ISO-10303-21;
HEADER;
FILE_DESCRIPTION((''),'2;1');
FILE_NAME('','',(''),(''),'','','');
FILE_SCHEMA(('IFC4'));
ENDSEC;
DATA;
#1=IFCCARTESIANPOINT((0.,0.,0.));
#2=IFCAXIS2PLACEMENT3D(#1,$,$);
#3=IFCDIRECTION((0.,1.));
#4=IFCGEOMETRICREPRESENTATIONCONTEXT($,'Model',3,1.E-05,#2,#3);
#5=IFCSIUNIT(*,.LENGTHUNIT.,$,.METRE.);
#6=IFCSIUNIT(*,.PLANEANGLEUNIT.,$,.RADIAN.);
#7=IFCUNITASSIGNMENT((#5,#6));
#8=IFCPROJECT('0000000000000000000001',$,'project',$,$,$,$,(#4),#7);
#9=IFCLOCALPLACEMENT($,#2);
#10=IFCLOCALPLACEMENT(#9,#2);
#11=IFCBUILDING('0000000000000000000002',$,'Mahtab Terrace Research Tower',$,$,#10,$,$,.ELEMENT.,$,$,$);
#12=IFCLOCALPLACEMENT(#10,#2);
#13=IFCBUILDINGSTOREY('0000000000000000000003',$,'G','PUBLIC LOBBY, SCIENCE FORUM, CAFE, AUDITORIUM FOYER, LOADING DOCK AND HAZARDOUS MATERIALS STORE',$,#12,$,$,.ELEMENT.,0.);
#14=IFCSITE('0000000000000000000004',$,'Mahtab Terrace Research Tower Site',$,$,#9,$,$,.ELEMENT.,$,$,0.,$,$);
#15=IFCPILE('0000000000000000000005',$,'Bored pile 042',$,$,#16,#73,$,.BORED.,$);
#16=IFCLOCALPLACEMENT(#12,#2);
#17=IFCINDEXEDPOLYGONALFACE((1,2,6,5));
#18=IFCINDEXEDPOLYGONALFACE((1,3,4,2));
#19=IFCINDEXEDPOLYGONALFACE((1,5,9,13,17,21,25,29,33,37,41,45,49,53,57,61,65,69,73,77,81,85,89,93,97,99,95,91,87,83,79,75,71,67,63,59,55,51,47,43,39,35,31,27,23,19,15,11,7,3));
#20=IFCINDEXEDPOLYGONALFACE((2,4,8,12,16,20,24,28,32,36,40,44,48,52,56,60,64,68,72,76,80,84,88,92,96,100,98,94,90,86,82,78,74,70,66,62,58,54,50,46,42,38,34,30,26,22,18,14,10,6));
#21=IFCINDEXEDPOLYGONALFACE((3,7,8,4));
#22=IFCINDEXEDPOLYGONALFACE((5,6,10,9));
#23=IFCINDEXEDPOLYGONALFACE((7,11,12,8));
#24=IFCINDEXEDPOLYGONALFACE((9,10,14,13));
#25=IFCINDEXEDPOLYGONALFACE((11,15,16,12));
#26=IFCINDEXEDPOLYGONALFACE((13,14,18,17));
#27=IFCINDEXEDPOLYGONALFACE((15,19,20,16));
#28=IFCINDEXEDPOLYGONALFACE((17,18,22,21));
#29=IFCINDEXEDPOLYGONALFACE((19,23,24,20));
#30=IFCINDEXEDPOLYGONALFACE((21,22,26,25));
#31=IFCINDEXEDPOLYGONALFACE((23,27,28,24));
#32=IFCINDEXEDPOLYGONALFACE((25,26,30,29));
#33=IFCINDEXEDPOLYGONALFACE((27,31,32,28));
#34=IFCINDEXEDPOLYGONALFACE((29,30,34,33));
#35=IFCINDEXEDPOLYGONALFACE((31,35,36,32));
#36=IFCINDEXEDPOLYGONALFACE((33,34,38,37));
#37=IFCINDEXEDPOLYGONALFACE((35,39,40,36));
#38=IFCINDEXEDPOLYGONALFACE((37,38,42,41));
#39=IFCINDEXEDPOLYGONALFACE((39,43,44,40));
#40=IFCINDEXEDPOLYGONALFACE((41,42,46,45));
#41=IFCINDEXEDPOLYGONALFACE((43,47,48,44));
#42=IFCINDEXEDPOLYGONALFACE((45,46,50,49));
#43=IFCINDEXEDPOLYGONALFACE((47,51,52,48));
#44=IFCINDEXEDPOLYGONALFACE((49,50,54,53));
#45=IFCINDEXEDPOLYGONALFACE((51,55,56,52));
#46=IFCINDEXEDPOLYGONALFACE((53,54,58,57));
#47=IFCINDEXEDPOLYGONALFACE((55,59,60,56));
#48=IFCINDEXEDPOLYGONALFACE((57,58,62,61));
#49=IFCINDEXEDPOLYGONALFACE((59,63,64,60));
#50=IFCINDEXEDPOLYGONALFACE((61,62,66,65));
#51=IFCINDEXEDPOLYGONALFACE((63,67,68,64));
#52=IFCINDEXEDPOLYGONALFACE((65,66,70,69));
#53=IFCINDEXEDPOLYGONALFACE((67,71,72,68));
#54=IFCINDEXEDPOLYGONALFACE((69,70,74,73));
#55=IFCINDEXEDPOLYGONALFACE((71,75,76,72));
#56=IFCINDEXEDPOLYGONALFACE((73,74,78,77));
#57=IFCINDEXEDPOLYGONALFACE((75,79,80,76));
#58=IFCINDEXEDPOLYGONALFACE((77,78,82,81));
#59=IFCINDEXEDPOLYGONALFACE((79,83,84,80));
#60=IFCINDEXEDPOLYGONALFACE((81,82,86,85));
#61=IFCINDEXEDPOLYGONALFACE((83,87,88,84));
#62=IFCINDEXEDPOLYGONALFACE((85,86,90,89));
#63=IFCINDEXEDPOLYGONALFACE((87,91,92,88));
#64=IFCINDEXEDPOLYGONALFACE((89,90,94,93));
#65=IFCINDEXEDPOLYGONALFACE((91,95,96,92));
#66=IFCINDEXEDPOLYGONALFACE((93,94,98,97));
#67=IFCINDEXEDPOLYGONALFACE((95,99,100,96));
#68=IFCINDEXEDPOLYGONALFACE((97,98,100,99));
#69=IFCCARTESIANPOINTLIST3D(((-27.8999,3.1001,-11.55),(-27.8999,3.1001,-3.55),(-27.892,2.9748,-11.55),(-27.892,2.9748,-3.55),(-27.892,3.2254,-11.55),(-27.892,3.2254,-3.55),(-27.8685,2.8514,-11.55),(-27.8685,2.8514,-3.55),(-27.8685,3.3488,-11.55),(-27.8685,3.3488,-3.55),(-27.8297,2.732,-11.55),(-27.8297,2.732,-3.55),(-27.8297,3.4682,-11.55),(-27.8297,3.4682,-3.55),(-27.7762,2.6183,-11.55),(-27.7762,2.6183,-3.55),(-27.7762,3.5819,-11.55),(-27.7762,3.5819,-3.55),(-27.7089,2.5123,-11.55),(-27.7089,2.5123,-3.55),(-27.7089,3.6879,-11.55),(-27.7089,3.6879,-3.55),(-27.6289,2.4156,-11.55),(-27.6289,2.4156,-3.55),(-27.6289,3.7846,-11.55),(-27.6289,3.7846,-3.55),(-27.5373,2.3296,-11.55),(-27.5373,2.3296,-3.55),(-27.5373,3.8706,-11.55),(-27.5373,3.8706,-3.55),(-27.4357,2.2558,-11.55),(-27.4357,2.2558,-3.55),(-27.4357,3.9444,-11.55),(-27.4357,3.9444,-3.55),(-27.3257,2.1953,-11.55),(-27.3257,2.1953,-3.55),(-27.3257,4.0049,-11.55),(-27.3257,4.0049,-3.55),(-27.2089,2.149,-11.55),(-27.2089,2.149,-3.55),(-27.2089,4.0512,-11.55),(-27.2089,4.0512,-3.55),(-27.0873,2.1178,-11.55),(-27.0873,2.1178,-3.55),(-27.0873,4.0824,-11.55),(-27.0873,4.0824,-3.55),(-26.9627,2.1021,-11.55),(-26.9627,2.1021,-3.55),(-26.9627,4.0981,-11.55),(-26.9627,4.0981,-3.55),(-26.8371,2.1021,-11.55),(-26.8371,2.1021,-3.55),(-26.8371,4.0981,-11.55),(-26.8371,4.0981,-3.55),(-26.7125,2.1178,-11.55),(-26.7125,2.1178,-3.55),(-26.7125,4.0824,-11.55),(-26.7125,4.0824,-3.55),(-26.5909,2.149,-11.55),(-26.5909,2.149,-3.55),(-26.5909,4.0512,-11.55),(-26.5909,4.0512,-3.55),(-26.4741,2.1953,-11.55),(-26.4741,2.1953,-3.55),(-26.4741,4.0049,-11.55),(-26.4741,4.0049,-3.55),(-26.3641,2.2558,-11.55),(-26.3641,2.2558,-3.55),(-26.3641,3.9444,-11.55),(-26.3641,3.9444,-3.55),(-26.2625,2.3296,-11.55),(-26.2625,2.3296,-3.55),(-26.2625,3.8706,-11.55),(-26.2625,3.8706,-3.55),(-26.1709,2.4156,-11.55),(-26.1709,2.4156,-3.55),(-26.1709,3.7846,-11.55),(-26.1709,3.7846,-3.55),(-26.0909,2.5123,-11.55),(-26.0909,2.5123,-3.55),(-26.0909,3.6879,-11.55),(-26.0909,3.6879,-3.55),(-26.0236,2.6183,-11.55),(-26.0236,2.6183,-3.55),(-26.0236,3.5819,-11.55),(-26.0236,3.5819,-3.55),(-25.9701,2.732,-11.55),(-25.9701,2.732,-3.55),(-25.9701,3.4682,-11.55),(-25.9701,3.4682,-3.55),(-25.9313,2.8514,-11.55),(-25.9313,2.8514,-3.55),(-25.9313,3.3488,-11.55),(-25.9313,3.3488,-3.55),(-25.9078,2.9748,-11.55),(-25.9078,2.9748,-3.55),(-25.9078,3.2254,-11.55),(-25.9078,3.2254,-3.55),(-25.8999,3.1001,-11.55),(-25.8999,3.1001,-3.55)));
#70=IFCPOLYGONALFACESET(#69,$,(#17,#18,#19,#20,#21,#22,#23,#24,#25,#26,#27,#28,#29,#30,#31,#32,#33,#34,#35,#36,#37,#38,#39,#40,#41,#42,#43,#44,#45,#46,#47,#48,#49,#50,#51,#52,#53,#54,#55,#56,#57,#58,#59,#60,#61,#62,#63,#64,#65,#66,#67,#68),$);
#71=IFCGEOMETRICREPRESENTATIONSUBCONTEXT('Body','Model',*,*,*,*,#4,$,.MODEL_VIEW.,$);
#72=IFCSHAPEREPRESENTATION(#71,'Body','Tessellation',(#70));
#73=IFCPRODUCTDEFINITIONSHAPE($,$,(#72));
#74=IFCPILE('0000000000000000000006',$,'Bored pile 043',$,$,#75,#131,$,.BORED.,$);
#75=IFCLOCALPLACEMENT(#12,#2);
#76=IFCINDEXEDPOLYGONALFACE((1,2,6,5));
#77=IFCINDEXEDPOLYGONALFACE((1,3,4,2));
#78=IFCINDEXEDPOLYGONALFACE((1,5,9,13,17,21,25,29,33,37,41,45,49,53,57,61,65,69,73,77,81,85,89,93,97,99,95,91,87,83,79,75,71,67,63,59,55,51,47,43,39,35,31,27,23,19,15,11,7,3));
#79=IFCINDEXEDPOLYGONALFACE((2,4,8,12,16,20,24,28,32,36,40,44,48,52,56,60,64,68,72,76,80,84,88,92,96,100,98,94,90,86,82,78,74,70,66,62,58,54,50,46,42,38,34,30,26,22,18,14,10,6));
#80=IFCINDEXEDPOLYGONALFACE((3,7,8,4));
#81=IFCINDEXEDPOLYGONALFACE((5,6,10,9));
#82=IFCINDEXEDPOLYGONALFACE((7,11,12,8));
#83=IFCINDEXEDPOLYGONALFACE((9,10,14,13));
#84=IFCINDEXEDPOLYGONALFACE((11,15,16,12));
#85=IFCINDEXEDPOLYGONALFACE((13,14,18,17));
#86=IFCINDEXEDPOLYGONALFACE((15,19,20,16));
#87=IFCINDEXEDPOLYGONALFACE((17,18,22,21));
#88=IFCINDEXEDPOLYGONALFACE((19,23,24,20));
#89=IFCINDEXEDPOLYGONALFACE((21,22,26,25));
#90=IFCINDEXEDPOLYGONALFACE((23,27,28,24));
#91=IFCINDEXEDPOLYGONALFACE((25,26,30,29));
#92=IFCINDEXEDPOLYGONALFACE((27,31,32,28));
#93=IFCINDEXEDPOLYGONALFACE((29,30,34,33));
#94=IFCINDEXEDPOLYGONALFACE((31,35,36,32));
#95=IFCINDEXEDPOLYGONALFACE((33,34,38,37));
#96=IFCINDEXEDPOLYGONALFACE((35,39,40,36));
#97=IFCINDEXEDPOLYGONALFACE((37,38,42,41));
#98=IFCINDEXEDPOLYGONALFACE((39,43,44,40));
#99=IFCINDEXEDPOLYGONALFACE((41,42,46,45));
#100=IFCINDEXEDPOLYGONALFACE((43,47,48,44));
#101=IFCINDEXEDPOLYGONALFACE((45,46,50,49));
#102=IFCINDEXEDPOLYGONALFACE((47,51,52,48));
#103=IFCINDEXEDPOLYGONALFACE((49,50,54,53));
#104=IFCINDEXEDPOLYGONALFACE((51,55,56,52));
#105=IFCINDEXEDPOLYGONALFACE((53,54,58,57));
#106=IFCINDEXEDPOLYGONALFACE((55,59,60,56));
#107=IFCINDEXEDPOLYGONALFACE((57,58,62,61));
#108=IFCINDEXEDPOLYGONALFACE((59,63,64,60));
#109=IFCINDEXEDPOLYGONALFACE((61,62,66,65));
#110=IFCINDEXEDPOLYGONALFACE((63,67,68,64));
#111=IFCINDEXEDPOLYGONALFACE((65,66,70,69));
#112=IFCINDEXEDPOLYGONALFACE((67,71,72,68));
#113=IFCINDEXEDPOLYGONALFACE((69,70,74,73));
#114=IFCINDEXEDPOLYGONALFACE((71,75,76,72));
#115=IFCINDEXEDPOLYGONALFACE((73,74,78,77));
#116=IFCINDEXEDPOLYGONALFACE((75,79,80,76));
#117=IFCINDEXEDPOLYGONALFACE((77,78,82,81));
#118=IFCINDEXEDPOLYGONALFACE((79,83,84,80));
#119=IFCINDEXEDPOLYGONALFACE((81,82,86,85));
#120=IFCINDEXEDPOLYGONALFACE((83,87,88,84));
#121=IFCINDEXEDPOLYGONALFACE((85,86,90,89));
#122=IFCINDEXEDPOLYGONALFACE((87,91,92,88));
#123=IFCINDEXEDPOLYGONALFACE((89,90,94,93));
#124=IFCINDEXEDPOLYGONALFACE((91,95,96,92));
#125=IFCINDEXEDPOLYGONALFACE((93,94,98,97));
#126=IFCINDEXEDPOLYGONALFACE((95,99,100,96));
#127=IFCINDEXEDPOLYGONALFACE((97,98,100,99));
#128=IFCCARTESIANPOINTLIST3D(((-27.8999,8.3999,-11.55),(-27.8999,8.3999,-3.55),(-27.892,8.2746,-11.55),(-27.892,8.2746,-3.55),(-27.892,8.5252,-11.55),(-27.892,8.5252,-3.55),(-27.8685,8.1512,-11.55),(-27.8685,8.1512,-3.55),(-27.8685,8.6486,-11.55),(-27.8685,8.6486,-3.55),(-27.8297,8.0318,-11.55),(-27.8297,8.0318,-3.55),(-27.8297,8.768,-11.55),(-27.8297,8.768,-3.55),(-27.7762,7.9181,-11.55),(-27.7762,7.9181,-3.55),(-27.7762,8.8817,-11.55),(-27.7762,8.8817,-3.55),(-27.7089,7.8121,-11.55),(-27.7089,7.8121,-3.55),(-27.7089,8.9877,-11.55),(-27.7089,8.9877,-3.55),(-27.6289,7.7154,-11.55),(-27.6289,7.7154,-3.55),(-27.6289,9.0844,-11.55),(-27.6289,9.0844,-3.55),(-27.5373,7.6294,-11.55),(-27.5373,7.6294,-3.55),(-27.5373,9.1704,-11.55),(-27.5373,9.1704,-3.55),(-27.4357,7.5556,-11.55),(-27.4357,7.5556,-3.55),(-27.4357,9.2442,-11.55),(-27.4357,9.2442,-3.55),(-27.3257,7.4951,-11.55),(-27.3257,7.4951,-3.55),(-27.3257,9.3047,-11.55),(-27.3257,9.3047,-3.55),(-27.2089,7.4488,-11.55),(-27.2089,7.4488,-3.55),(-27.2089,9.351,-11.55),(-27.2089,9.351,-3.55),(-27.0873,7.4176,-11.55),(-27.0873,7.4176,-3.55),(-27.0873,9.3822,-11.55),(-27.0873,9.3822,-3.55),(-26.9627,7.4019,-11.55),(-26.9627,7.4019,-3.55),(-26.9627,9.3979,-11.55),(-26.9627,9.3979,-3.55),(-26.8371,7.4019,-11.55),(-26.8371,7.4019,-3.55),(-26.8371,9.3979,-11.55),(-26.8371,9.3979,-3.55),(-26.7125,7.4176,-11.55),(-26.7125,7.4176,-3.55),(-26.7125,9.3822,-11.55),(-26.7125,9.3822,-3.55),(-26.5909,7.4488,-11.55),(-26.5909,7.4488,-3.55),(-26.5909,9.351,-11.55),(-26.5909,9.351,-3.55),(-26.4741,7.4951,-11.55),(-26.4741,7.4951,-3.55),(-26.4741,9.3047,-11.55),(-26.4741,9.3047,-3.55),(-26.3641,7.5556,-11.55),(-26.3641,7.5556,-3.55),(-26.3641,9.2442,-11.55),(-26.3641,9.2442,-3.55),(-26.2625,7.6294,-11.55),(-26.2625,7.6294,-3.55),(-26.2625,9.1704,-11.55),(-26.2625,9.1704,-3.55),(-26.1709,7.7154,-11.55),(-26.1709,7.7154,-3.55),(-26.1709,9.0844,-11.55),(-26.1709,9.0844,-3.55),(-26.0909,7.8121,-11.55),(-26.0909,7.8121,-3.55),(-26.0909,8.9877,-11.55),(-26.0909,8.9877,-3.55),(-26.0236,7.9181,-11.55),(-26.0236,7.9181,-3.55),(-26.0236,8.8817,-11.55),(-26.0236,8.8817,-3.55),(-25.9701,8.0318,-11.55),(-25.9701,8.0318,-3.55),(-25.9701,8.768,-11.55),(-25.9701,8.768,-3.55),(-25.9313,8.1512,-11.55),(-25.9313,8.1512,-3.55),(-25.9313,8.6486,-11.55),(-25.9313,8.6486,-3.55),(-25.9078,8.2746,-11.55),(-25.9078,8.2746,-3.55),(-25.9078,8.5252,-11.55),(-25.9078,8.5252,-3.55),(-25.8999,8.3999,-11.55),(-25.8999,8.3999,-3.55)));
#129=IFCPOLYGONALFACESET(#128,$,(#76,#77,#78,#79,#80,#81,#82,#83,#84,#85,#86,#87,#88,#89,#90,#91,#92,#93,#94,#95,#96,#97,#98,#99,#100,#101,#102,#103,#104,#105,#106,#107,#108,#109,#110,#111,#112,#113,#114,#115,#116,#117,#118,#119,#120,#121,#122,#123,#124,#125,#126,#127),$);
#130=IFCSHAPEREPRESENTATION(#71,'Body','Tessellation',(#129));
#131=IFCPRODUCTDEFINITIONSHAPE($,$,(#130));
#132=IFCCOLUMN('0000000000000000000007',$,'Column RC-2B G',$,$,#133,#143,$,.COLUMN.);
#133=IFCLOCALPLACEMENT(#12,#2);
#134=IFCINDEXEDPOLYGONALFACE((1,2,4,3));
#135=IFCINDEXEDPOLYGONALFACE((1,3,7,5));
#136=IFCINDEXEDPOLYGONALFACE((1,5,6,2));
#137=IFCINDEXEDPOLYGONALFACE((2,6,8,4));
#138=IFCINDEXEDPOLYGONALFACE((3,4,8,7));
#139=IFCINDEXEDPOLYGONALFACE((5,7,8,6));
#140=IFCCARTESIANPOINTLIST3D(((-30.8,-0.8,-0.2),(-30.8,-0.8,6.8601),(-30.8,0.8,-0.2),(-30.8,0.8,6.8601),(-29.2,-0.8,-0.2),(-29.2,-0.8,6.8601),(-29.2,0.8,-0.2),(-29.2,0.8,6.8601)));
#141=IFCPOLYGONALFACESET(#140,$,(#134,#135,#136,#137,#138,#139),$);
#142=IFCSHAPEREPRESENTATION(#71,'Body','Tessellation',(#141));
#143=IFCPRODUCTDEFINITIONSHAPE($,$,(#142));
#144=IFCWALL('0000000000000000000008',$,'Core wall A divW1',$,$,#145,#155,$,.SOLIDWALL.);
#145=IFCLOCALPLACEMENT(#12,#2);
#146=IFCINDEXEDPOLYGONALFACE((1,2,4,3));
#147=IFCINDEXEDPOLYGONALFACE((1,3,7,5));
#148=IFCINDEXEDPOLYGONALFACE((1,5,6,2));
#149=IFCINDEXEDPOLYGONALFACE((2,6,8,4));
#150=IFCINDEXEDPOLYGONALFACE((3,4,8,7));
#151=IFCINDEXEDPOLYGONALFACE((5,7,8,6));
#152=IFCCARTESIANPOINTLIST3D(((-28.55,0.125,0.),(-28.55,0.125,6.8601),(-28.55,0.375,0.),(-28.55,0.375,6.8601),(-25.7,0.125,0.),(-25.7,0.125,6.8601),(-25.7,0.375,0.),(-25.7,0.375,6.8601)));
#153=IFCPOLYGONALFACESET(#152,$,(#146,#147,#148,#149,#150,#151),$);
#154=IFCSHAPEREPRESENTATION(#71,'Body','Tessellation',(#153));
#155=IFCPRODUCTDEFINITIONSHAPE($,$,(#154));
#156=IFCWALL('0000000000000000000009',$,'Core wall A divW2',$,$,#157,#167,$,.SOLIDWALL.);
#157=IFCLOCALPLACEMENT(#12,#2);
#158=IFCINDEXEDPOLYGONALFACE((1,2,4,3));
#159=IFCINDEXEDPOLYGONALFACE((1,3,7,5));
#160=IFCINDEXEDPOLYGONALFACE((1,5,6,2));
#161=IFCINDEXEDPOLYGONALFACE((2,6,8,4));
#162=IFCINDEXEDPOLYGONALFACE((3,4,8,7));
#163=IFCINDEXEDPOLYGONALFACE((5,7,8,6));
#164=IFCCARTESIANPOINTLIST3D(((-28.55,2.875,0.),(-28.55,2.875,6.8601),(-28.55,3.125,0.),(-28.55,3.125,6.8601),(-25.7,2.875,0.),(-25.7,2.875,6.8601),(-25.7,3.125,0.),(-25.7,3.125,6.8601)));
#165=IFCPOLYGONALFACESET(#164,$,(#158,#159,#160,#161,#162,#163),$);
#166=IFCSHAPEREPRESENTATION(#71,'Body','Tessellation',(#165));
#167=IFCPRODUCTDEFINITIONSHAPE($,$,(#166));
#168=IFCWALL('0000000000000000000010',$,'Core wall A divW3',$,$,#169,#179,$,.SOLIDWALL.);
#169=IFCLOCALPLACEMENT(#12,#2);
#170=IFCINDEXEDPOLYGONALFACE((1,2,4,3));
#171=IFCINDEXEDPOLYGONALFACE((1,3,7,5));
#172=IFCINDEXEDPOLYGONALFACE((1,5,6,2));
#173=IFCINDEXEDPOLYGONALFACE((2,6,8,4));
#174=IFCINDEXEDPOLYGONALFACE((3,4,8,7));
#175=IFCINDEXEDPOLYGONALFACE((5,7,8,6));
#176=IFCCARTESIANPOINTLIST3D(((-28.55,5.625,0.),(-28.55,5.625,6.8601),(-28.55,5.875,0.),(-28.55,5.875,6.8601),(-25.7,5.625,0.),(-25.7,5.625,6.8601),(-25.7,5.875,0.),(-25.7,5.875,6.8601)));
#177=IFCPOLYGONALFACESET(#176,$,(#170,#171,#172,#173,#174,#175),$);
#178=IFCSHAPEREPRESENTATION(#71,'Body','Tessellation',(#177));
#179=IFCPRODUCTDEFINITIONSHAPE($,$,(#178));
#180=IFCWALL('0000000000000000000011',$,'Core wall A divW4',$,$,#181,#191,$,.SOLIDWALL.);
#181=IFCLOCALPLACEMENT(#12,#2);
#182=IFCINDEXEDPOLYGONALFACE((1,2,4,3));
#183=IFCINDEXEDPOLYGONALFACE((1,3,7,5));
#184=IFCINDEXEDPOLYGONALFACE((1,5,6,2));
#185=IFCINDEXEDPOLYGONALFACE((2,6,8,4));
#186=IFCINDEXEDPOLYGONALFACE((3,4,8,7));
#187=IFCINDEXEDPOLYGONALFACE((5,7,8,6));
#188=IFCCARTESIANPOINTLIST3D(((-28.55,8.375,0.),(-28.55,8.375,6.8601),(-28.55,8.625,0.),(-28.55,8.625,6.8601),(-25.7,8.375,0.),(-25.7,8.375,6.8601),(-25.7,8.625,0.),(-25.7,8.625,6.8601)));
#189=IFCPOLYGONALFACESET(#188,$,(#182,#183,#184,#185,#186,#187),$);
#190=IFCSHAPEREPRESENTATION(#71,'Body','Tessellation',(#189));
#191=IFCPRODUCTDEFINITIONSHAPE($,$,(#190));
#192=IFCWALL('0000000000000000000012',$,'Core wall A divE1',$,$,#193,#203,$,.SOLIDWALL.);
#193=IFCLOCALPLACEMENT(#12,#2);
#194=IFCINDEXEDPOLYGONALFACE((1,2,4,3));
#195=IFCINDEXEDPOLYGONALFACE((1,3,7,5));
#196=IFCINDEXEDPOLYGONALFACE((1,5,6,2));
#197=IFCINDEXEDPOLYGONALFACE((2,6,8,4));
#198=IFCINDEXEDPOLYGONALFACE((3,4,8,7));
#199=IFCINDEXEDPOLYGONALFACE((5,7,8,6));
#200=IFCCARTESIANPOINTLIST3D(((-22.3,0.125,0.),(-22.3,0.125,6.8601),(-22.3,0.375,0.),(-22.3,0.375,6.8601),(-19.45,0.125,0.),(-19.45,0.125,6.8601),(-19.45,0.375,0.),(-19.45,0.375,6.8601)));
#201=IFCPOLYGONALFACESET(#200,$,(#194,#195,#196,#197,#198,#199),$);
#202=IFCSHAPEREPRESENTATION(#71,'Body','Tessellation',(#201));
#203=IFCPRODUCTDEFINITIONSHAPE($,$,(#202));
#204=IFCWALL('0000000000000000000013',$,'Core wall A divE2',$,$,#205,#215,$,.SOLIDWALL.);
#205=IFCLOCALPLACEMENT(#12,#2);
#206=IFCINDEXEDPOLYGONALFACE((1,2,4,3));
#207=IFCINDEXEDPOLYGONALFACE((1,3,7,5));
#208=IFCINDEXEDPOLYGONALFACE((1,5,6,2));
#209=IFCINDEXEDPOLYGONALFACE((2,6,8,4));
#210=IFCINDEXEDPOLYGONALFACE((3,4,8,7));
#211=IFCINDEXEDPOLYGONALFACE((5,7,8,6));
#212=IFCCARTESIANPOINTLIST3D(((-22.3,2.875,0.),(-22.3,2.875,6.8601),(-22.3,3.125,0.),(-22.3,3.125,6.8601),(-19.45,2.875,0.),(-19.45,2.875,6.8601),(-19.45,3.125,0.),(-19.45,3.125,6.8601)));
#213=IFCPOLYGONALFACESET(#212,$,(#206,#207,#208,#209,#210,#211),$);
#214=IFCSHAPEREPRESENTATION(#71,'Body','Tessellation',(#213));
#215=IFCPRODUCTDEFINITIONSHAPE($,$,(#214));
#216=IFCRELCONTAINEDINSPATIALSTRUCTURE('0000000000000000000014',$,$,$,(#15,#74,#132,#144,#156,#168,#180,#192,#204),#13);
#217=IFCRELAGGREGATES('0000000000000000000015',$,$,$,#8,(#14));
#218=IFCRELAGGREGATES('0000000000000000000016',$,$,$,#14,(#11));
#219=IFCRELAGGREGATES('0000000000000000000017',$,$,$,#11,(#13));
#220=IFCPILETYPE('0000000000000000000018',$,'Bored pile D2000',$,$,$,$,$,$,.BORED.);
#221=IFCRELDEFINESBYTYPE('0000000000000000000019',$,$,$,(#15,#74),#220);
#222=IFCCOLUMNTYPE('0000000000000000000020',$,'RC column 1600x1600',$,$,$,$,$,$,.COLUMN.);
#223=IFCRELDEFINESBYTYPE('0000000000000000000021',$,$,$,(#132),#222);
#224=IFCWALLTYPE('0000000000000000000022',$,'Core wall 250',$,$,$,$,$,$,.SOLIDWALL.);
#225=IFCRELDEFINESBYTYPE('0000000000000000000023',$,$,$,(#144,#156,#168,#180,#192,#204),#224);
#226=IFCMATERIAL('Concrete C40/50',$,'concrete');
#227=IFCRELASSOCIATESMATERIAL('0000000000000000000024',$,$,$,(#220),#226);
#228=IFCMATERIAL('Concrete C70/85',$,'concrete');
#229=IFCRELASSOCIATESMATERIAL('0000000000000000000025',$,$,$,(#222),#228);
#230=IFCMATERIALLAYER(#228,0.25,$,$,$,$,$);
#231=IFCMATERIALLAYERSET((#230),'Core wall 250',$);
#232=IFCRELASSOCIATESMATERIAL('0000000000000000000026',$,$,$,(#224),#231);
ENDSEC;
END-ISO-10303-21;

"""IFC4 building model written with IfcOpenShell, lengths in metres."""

from ifc_helpers import new_model, si_unit, direction, frame, frame_2d, origin, origin_2d, place, context, subcontext, project, spatial, rectangle, circle, extrude, material, layer, layer_set, material_profile, profile_set, type_object, element, save


model = new_model("IFC4")

# Units and contexts
model_context = context("Model", 3, precision=1e-05, world=origin(), true_north=direction((0.0, 1.0)))
body_context = subcontext(model_context, "Body", "Model", "MODEL_VIEW")
ifc_project = project(units=[si_unit("LENGTHUNIT", "METRE"), si_unit("PLANEANGLEUNIT", "RADIAN")], contexts=[model_context])

# Site, building, storey
site_placement = place(None, origin())
site = spatial("IfcSite", under=ifc_project, at=site_placement, Name="Mahtab Terrace Research Tower Site", CompositionType="ELEMENT", RefElevation=0.0)
building_placement = place(site_placement, origin())
building = spatial("IfcBuilding", under=site, at=building_placement, Name="Mahtab Terrace Research Tower", CompositionType="ELEMENT")
storey_placement = place(building_placement, origin())
storey = spatial("IfcBuildingStorey", under=building, at=storey_placement, Name="G", Description="PUBLIC LOBBY, SCIENCE FORUM, CAFE, AUDITORIUM FOYER, LOADING DOCK AND HAZARDOUS MATERIALS STORE", CompositionType="ELEMENT", Elevation=0.0)

# Piles
ifc_material_1 = material(Name="Concrete C40/50", Category="concrete")
ifc_material_profile_1 = material_profile(ifc_material_1, circle(Radius=1.0, at=origin_2d()), Name="Bored pile D2000")
ifc_profile_set_1 = profile_set([ifc_material_profile_1], Name="Concrete C40/50")
pile_type = type_object("IfcPileType", Name="Bored pile D2000", PredefinedType="BORED", material=ifc_profile_set_1)
for number, where, z_axis, x_axis, name in (
    (1, (-26.8999, 3.1001, -3.55), (0.0, 0.0, -1.0), (1.0, 0.0, 0.0), "Bored pile 042"),
    (2, (-26.8999, 8.3999, -3.55), (0.0, 0.0, -1.0), (1.0, 0.0, 0.0), "Bored pile 043"),
):
    element("IfcPile", number, at=place(storey_placement, frame(where, z_axis=z_axis, x_axis=x_axis)), inside=storey, type_object=pile_type, Name=name, PredefinedType="BORED", context=body_context, shape_type="SweptSolid", body=[
        extrude(circle(Radius=1.0, at=origin_2d()), origin(), (0.0, 0.0, 1.0), 8.0),
    ])

# Column
ifc_material_2 = material(Name="Concrete C70/85", Category="concrete")
ifc_material_profile_2 = material_profile(ifc_material_2, rectangle(XDim=1.6001, YDim=1.6001, at=origin_2d()), Name="RC column 1600x1600")
ifc_profile_set_2 = profile_set([ifc_material_profile_2], Name="Concrete C70/85")
column_type = type_object("IfcColumnType", Name="RC column 1600x1600", PredefinedType="COLUMN", material=ifc_profile_set_2)
column_placement = place(storey_placement, frame((-30.0, 0.0, -0.2), z_axis=(0.0, 0.0, 1.0), x_axis=(1.0, 0.0, 0.0)))
element("IfcColumn", 3, at=column_placement, inside=storey, type_object=column_type, Name="Column RC-2B G", PredefinedType="COLUMN", context=body_context, shape_type="SweptSolid", body=[
    extrude(rectangle(XDim=1.6001, YDim=1.6001, at=origin_2d()), origin(), (0.0, 0.0, 1.0), 7.0601),
])

# Walls
ifc_layer = layer(ifc_material_2, 0.25)
ifc_layer_set = layer_set([ifc_layer], Name="Core wall 250")
wall_type = type_object("IfcWallType", Name="Core wall 250", PredefinedType="SOLIDWALL", material=ifc_layer_set)
for number, where, z_axis, x_axis, name in (
    (4, (-28.55, 0.25, 0.0), (0.0, 0.0, 1.0), (1.0, 0.0, 0.0), "Core wall A divW1"),
    (5, (-28.55, 3.0, 0.0), (0.0, 0.0, 1.0), (1.0, 0.0, 0.0), "Core wall A divW2"),
    (6, (-28.55, 5.75, 0.0), (0.0, 0.0, 1.0), (1.0, 0.0, 0.0), "Core wall A divW3"),
    (7, (-28.55, 8.5, 0.0), (0.0, 0.0, 1.0), (1.0, 0.0, 0.0), "Core wall A divW4"),
    (8, (-22.3, 0.25, 0.0), (0.0, 0.0, 1.0), (1.0, 0.0, 0.0), "Core wall A divE1"),
    (9, (-22.3, 3.0, 0.0), (0.0, 0.0, 1.0), (1.0, 0.0, 0.0), "Core wall A divE2"),
):
    element("IfcWall", number, at=place(storey_placement, frame(where, z_axis=z_axis, x_axis=x_axis)), inside=storey, type_object=wall_type, Name=name, PredefinedType="SOLIDWALL", context=body_context, shape_type="SweptSolid", body=[
        extrude(rectangle(XDim=2.8501, YDim=0.25, at=frame_2d((1.425, 0.0))), origin(), (0.0, 0.0, 1.0), 6.8601),
    ])

save(model, "model.ifc")
